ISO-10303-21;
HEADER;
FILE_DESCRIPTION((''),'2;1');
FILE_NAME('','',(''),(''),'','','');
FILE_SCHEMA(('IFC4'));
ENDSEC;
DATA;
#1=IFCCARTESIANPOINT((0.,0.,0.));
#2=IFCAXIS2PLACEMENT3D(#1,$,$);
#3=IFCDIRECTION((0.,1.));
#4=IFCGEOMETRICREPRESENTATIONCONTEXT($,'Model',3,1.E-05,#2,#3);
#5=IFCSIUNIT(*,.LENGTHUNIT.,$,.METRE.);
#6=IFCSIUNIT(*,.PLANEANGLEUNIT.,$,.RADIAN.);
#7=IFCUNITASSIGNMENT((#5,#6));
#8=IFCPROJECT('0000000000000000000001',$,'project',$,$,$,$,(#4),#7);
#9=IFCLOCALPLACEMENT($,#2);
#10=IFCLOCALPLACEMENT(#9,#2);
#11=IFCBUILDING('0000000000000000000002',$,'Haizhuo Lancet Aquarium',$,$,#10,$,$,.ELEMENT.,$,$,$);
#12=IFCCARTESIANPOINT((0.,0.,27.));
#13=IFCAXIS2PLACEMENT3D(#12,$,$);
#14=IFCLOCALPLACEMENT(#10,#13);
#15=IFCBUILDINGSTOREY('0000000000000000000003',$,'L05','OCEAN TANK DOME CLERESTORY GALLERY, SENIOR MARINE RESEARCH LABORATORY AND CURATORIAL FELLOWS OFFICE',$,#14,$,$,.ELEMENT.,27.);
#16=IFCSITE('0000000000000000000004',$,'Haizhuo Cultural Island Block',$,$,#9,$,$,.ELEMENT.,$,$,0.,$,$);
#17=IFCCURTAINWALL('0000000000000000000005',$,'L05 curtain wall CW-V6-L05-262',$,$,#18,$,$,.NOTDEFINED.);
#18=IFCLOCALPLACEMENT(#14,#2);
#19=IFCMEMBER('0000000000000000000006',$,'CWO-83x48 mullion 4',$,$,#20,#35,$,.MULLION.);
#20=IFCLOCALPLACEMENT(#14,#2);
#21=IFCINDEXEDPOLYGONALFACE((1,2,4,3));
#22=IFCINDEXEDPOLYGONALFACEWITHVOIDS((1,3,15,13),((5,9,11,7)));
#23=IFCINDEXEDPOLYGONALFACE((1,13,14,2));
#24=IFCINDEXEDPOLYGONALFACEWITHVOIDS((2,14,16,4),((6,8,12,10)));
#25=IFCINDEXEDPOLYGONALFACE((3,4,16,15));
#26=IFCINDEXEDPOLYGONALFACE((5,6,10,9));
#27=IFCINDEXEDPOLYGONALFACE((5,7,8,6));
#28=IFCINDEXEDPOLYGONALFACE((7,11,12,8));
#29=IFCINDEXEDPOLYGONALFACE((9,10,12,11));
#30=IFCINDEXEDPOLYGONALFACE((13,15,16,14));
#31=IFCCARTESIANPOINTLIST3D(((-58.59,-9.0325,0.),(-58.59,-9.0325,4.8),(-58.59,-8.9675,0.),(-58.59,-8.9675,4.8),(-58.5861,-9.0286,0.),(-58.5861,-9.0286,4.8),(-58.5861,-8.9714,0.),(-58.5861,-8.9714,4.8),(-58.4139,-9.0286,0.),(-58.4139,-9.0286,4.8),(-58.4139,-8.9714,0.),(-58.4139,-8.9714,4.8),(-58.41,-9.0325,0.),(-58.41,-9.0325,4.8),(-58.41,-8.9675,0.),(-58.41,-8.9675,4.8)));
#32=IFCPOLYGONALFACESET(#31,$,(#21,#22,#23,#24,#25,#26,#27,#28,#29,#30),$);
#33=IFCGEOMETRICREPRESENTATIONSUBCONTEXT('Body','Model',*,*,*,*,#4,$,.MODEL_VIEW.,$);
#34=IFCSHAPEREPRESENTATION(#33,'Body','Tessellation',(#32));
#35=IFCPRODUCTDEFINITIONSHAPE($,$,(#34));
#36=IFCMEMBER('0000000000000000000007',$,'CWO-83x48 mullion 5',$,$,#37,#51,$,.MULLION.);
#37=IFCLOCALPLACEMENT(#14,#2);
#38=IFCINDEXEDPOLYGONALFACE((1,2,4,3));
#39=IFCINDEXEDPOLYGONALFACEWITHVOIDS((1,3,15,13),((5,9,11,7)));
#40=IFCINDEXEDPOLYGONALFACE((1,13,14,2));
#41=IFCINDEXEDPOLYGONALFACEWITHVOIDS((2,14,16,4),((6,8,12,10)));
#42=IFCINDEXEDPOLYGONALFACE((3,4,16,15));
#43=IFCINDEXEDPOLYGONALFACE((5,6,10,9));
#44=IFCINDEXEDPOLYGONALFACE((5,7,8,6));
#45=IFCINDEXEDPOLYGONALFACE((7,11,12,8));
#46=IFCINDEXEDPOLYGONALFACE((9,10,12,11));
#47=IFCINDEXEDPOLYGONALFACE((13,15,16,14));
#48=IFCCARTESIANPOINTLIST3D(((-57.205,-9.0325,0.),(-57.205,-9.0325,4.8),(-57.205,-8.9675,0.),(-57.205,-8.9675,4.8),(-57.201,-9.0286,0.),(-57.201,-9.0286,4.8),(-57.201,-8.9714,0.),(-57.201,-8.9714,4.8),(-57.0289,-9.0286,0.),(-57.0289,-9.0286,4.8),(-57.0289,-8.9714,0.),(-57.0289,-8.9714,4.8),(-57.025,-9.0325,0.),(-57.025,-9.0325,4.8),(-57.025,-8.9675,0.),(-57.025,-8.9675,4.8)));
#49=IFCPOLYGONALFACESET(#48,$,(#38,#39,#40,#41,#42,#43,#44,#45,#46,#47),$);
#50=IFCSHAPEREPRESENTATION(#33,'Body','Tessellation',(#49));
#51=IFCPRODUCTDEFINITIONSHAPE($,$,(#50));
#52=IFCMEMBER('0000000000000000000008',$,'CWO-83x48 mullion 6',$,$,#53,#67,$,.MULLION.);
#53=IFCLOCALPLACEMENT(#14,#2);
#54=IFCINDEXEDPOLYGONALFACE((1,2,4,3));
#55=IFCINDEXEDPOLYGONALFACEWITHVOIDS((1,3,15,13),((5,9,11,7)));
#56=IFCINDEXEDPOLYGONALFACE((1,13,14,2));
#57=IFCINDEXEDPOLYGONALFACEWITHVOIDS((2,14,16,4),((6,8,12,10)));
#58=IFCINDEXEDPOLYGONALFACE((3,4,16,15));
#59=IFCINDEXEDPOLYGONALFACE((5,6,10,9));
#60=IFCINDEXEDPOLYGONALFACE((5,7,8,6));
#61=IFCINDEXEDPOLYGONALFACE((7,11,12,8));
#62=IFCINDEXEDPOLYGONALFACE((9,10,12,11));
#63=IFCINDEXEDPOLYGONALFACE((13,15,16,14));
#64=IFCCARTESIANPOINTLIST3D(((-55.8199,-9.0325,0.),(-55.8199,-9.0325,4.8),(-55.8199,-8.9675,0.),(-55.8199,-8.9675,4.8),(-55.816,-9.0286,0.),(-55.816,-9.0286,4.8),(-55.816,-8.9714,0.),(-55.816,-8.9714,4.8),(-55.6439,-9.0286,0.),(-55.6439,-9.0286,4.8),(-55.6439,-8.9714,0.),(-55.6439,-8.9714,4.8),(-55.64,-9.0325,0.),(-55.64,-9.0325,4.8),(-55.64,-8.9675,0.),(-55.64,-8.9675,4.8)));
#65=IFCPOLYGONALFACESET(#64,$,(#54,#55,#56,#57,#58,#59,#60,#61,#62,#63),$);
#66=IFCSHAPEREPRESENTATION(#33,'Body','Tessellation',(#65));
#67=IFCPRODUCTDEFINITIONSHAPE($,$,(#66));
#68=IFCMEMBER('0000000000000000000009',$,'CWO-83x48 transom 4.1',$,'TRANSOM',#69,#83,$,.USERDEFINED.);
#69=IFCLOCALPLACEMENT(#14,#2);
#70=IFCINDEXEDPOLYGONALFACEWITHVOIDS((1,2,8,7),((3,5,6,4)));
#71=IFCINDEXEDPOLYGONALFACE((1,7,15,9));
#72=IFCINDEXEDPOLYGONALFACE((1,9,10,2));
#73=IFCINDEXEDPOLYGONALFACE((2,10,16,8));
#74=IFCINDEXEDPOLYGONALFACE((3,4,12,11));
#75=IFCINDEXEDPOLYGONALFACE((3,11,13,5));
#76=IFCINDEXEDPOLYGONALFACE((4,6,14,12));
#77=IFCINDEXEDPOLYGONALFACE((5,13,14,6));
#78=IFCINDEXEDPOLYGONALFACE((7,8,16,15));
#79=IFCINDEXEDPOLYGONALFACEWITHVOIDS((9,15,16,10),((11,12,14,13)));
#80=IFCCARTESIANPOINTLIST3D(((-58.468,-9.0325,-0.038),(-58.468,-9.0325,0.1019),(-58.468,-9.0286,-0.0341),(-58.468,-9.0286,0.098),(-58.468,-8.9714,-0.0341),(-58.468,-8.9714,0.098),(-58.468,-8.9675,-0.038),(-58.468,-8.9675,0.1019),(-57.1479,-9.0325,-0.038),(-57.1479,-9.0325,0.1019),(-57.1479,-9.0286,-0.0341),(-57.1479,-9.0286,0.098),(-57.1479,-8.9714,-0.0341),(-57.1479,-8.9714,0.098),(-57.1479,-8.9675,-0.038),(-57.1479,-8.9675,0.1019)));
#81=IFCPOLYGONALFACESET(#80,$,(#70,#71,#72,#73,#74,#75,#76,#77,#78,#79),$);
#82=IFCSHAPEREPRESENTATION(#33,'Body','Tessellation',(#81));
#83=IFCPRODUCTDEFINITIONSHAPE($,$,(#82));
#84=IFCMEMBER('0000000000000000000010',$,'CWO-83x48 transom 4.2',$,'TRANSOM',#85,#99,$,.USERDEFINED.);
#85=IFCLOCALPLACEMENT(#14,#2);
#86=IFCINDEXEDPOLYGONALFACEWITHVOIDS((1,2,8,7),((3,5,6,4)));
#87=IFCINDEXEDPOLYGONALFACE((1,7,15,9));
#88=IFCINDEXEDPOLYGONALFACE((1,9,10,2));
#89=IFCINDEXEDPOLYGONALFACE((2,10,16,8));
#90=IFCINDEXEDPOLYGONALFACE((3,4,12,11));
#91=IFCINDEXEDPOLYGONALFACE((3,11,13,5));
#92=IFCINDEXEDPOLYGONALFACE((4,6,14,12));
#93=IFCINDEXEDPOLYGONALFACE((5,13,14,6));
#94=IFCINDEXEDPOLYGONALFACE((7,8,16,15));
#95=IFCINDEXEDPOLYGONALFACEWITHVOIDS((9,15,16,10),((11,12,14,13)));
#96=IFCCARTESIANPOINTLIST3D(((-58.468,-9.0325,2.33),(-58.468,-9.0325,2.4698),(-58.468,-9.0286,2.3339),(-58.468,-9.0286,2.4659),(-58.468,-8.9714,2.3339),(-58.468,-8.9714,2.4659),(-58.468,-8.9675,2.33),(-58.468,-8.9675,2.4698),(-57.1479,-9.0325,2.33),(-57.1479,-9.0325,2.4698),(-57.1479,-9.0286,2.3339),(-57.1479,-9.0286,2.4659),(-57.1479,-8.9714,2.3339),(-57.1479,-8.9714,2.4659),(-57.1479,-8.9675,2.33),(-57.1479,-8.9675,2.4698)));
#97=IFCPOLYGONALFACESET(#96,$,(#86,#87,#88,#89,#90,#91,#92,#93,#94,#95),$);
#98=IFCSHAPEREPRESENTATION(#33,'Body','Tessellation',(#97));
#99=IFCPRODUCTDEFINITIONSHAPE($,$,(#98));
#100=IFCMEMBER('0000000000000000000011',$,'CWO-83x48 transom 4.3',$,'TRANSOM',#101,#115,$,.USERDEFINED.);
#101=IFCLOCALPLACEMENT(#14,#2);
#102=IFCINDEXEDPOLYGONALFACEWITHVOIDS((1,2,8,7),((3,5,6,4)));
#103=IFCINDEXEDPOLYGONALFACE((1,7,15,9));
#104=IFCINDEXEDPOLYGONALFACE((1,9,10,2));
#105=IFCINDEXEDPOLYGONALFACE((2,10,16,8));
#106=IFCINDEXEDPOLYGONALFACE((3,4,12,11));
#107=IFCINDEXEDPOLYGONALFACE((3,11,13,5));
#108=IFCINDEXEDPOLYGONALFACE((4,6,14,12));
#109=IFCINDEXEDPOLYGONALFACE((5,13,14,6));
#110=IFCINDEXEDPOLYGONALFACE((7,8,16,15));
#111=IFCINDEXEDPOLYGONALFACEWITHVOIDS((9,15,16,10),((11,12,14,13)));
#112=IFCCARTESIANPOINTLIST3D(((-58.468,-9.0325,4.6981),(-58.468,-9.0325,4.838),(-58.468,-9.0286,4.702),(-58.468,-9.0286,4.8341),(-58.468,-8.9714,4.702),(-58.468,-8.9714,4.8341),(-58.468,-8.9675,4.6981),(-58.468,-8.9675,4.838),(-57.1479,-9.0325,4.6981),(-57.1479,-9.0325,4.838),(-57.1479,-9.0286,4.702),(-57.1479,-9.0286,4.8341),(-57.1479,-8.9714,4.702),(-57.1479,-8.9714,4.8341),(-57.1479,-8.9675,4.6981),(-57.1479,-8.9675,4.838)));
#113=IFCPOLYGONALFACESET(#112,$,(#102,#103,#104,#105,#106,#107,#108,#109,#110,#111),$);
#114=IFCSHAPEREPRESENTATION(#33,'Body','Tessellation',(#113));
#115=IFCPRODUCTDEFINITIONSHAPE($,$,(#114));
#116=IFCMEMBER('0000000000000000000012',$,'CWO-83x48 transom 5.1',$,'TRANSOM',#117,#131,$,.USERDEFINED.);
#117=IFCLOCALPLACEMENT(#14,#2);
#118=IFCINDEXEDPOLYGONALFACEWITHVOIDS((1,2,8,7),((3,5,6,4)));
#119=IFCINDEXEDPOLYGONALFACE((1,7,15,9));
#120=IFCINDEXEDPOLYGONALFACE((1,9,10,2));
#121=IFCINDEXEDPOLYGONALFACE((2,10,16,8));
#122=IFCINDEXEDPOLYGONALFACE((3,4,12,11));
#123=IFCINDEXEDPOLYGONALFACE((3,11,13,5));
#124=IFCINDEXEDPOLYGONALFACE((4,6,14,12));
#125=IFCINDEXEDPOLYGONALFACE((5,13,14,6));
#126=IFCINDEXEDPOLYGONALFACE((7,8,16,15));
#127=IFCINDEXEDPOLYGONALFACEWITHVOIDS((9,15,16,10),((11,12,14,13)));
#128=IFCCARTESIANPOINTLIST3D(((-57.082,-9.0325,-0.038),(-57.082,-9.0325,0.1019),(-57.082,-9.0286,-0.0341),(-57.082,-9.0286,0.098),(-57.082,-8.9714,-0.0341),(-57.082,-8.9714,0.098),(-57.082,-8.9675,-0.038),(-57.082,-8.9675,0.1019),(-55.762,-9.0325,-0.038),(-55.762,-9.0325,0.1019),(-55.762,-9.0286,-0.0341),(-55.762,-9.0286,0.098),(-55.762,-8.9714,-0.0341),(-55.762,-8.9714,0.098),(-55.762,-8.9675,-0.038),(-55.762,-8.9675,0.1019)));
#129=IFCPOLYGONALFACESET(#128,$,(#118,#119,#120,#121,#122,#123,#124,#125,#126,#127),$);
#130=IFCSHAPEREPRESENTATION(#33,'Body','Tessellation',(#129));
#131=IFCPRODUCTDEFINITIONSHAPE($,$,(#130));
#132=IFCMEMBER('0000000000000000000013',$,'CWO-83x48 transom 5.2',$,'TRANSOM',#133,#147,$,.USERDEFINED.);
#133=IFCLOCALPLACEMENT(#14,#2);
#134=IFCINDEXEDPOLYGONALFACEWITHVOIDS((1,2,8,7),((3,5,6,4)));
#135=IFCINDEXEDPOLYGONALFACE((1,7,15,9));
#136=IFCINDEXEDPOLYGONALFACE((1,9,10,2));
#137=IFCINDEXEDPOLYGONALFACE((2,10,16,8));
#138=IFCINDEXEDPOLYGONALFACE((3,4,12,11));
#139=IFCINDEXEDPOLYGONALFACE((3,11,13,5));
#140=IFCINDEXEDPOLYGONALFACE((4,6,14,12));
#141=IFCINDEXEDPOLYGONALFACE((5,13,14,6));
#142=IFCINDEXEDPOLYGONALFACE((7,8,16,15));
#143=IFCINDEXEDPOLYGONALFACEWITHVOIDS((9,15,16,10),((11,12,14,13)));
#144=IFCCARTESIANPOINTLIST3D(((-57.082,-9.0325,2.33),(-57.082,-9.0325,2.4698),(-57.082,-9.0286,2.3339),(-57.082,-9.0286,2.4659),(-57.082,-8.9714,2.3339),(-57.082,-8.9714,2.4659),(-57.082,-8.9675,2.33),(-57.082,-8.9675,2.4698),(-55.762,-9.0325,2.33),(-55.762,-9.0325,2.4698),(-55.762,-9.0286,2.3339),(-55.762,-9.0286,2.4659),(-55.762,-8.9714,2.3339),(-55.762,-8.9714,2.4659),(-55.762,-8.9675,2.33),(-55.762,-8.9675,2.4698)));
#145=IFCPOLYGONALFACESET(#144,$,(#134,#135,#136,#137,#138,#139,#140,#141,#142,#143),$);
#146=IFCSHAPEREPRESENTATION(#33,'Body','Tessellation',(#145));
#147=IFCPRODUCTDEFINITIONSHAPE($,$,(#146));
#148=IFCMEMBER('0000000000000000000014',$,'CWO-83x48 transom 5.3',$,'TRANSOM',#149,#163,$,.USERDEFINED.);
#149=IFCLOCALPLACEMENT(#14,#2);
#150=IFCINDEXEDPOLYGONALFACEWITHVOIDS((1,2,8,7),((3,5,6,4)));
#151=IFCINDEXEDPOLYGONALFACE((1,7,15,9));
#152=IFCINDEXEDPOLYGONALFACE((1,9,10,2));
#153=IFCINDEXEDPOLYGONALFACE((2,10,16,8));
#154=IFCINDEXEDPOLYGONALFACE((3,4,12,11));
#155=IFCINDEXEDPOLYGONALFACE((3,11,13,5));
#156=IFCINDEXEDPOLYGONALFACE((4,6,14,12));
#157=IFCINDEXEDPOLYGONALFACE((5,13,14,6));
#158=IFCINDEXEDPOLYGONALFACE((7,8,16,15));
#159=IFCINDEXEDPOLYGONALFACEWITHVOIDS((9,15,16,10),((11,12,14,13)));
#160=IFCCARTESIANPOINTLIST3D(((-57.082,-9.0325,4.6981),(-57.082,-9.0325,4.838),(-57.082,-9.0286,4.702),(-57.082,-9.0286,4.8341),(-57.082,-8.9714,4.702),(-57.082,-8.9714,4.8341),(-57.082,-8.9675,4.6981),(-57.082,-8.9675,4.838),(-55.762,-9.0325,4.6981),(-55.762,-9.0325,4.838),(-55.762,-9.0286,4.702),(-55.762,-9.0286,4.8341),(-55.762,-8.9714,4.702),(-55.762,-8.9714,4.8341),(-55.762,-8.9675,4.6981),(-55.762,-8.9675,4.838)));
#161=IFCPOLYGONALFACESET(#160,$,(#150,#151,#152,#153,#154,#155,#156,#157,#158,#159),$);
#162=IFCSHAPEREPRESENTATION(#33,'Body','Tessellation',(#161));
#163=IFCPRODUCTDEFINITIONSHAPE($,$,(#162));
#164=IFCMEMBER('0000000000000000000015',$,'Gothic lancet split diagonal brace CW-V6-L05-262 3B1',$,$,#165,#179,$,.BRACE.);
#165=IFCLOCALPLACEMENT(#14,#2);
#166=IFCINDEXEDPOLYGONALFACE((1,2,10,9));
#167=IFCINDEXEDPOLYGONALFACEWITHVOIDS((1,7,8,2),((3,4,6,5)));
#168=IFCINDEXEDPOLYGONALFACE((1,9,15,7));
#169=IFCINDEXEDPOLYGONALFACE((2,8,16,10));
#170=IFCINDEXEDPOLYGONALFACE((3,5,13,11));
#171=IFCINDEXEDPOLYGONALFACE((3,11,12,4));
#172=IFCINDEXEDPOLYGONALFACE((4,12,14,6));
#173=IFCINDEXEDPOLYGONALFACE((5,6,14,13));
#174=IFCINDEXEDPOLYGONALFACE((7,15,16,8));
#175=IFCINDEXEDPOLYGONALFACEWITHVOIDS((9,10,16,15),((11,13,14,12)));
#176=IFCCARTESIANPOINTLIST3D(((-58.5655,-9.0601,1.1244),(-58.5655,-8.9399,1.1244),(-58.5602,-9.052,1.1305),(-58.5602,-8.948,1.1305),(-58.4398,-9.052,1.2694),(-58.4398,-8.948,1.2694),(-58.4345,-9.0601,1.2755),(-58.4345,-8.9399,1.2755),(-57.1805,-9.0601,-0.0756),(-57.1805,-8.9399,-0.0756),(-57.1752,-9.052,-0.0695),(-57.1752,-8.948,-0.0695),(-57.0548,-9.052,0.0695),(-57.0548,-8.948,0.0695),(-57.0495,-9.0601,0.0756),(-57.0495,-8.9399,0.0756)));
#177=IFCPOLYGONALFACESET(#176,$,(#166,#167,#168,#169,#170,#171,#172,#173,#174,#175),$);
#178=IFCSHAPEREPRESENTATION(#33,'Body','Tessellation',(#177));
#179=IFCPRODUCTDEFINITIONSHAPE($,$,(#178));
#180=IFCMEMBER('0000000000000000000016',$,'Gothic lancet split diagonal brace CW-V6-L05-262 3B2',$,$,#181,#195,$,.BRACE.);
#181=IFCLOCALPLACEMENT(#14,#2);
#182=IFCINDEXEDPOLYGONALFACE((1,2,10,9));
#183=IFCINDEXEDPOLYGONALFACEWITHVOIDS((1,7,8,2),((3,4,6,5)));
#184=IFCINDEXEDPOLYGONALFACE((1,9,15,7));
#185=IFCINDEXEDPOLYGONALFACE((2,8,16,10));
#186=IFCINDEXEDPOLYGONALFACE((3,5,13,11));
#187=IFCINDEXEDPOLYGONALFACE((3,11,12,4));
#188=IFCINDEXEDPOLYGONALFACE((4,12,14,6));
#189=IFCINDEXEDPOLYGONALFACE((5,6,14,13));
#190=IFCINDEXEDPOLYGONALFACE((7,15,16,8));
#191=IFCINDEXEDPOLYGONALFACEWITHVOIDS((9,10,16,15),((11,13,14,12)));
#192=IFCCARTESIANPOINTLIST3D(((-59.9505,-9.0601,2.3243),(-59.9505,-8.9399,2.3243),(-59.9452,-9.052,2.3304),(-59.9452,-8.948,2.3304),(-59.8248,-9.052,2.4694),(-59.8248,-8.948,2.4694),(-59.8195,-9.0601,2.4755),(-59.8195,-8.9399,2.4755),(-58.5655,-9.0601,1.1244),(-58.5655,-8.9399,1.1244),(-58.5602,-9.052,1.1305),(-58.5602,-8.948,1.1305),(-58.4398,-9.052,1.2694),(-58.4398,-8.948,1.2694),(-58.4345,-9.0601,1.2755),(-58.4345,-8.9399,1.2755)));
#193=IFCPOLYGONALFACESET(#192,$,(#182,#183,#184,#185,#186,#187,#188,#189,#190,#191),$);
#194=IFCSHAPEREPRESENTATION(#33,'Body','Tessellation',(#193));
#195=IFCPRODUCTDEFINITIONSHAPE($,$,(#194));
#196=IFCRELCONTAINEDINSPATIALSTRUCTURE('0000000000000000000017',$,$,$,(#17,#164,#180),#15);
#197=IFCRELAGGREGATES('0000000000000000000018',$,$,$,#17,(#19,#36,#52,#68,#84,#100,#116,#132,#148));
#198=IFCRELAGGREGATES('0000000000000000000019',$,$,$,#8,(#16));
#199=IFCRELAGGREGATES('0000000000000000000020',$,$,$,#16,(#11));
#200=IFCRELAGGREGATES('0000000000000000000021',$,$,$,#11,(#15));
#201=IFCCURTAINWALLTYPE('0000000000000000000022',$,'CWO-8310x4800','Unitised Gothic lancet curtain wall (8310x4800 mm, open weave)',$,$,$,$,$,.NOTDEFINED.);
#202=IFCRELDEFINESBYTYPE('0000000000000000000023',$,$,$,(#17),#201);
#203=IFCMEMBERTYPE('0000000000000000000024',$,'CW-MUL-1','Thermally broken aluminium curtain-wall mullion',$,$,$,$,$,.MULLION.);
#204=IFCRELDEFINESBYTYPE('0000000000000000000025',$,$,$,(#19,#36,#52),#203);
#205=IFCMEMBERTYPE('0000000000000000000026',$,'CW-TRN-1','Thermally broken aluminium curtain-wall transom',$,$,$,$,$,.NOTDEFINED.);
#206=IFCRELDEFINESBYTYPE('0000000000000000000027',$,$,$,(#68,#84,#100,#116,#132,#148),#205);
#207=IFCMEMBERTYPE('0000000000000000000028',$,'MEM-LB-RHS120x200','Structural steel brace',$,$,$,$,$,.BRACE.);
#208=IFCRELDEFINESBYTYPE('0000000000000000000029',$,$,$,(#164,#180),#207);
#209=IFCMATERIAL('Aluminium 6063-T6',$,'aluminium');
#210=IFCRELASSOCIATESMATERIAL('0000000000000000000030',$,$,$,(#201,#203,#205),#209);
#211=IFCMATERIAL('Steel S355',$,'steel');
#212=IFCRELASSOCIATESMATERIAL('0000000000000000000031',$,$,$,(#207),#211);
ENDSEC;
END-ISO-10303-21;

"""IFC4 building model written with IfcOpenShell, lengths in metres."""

from ifc_helpers import new_model, si_unit, direction, frame, origin, origin_2d, place, context, subcontext, project, spatial, hollow_rectangle, extrude, material, material_profile, profile_set, type_object, element, aggregate, save


model = new_model("IFC4")

# Units and contexts
model_context = context("Model", 3, precision=1e-05, world=origin(), true_north=direction((0.0, 1.0)))
body_context = subcontext(model_context, "Body", "Model", "MODEL_VIEW")
ifc_project = project(units=[si_unit("LENGTHUNIT", "METRE"), si_unit("PLANEANGLEUNIT", "RADIAN")], contexts=[model_context])

# Site, building, storey
site_placement = place(None, origin())
site = spatial("IfcSite", under=ifc_project, at=site_placement, Name="Haizhuo Cultural Island Block", CompositionType="ELEMENT", RefElevation=0.0)
building_placement = place(site_placement, origin())
building = spatial("IfcBuilding", under=site, at=building_placement, Name="Haizhuo Lancet Aquarium", CompositionType="ELEMENT")
storey_placement = place(building_placement, frame((0.0, 0.0, 27.0)))
storey = spatial("IfcBuildingStorey", under=building, at=storey_placement, Name="L05", Description="OCEAN TANK DOME CLERESTORY GALLERY, SENIOR MARINE RESEARCH LABORATORY AND CURATORIAL FELLOWS OFFICE", CompositionType="ELEMENT", Elevation=27.0)

# Curtain wall, members
ifc_material_1 = material(Name="Aluminium 6063-T6", Category="aluminium")
curtain_wall_type = type_object("IfcCurtainWallType", Name="CWO-8310x4800", Description="Unitised Gothic lancet curtain wall (8310x4800 mm, open weave)", PredefinedType="NOTDEFINED", material=ifc_material_1)
curtain_wall_placement = place(storey_placement, origin())
curtain_wall = element("IfcCurtainWall", 1, at=curtain_wall_placement, inside=storey, type_object=curtain_wall_type, Name="L05 curtain wall CW-V6-L05-262", PredefinedType="NOTDEFINED")
ifc_material_profile_1 = material_profile(ifc_material_1, hollow_rectangle(XDim=0.0649, YDim=0.1799, WallThickness=0.0039, at=origin_2d()), Name="ALU-M 65x180x4")
ifc_profile_set_1 = profile_set([ifc_material_profile_1], Name="Aluminium 6063-T6")
member_type_1 = type_object("IfcMemberType", Name="CW-MUL-1", Description="Thermally broken aluminium curtain-wall mullion", PredefinedType="MULLION", material=ifc_profile_set_1)
member_1_placement = place(storey_placement, frame((-58.5, -9.0, 0.0), z_axis=(0.0, 0.0, 1.0), x_axis=(0.0, 1.0, 0.0)))
member_1 = element("IfcMember", 2, at=member_1_placement, type_object=member_type_1, Name="CWO-83x48 mullion 4", PredefinedType="MULLION", context=body_context, shape_type="SweptSolid", body=[
    extrude(hollow_rectangle(XDim=0.0649, YDim=0.1799, WallThickness=0.0039, at=origin_2d()), origin(), (0.0, 0.0, 1.0), 4.8),
])
member_2_placement = place(storey_placement, frame((-57.115, -9.0, 0.0), z_axis=(0.0, 0.0, 1.0), x_axis=(0.0, 1.0, 0.0)))
member_2 = element("IfcMember", 3, at=member_2_placement, type_object=member_type_1, Name="CWO-83x48 mullion 5", PredefinedType="MULLION", context=body_context, shape_type="SweptSolid", body=[
    extrude(hollow_rectangle(XDim=0.0649, YDim=0.1799, WallThickness=0.0039, at=origin_2d()), origin(), (0.0, 0.0, 1.0), 4.8),
])
member_3_placement = place(storey_placement, frame((-55.73, -9.0, 0.0), z_axis=(0.0, 0.0, 1.0), x_axis=(0.0, 1.0, 0.0)))
member_3 = element("IfcMember", 4, at=member_3_placement, type_object=member_type_1, Name="CWO-83x48 mullion 6", PredefinedType="MULLION", context=body_context, shape_type="SweptSolid", body=[
    extrude(hollow_rectangle(XDim=0.0649, YDim=0.1799, WallThickness=0.0039, at=origin_2d()), origin(), (0.0, 0.0, 1.0), 4.8),
])
ifc_material_profile_2 = material_profile(ifc_material_1, hollow_rectangle(XDim=0.0649, YDim=0.1399, WallThickness=0.0039, at=origin_2d()), Name="ALU-T 65x140x4")
ifc_profile_set_2 = profile_set([ifc_material_profile_2], Name="Aluminium 6063-T6")
member_type_2 = type_object("IfcMemberType", Name="CW-TRN-1", Description="Thermally broken aluminium curtain-wall transom", PredefinedType="NOTDEFINED", material=ifc_profile_set_2)
member_4_placement = place(storey_placement, frame((-58.468, -9.0, 0.032), z_axis=(1.0, 0.0, 0.0), x_axis=(0.0, 1.0, 0.0)))
member_4 = element("IfcMember", 5, at=member_4_placement, type_object=member_type_2, Name="CWO-83x48 transom 4.1", ObjectType="TRANSOM", PredefinedType="USERDEFINED", context=body_context, shape_type="SweptSolid", body=[
    extrude(hollow_rectangle(XDim=0.0649, YDim=0.1399, WallThickness=0.0039, at=origin_2d()), origin(), (0.0, 0.0, 1.0), 1.3201),
])
member_5_placement = place(storey_placement, frame((-58.468, -9.0, 2.3999), z_axis=(1.0, 0.0, 0.0), x_axis=(0.0, 1.0, 0.0)))
member_5 = element("IfcMember", 6, at=member_5_placement, type_object=member_type_2, Name="CWO-83x48 transom 4.2", ObjectType="TRANSOM", PredefinedType="USERDEFINED", context=body_context, shape_type="SweptSolid", body=[
    extrude(hollow_rectangle(XDim=0.0649, YDim=0.1399, WallThickness=0.0039, at=origin_2d()), origin(), (0.0, 0.0, 1.0), 1.3201),
])
member_6_placement = place(storey_placement, frame((-58.468, -9.0, 4.7681), z_axis=(1.0, 0.0, 0.0), x_axis=(0.0, 1.0, 0.0)))
member_6 = element("IfcMember", 7, at=member_6_placement, type_object=member_type_2, Name="CWO-83x48 transom 4.3", ObjectType="TRANSOM", PredefinedType="USERDEFINED", context=body_context, shape_type="SweptSolid", body=[
    extrude(hollow_rectangle(XDim=0.0649, YDim=0.1399, WallThickness=0.0039, at=origin_2d()), origin(), (0.0, 0.0, 1.0), 1.3201),
])
member_7_placement = place(storey_placement, frame((-57.082, -9.0, 0.032), z_axis=(1.0, 0.0, 0.0), x_axis=(0.0, 1.0, 0.0)))
member_7 = element("IfcMember", 8, at=member_7_placement, type_object=member_type_2, Name="CWO-83x48 transom 5.1", ObjectType="TRANSOM", PredefinedType="USERDEFINED", context=body_context, shape_type="SweptSolid", body=[
    extrude(hollow_rectangle(XDim=0.0649, YDim=0.1399, WallThickness=0.0039, at=origin_2d()), origin(), (0.0, 0.0, 1.0), 1.3201),
])
member_8_placement = place(storey_placement, frame((-57.082, -9.0, 2.3999), z_axis=(1.0, 0.0, 0.0), x_axis=(0.0, 1.0, 0.0)))
member_8 = element("IfcMember", 9, at=member_8_placement, type_object=member_type_2, Name="CWO-83x48 transom 5.2", ObjectType="TRANSOM", PredefinedType="USERDEFINED", context=body_context, shape_type="SweptSolid", body=[
    extrude(hollow_rectangle(XDim=0.0649, YDim=0.1399, WallThickness=0.0039, at=origin_2d()), origin(), (0.0, 0.0, 1.0), 1.3201),
])
member_9_placement = place(storey_placement, frame((-57.082, -9.0, 4.7681), z_axis=(1.0, 0.0, 0.0), x_axis=(0.0, 1.0, 0.0)))
member_9 = element("IfcMember", 10, at=member_9_placement, type_object=member_type_2, Name="CWO-83x48 transom 5.3", ObjectType="TRANSOM", PredefinedType="USERDEFINED", context=body_context, shape_type="SweptSolid", body=[
    extrude(hollow_rectangle(XDim=0.0649, YDim=0.1399, WallThickness=0.0039, at=origin_2d()), origin(), (0.0, 0.0, 1.0), 1.3201),
])

# Members
ifc_material_2 = material(Name="Steel S355", Category="steel")
ifc_material_profile_3 = material_profile(ifc_material_2, hollow_rectangle(XDim=0.1201, YDim=0.2, WallThickness=0.0081, at=origin_2d()), Name="RHS 120x200x8")
ifc_profile_set_3 = profile_set([ifc_material_profile_3], Name="Steel S355")
member_type_3 = type_object("IfcMemberType", Name="MEM-LB-RHS120x200", Description="Structural steel brace", PredefinedType="BRACE", material=ifc_profile_set_3)
for number, where, z_axis, x_axis, name in (
    (11, (-57.115, -9.0, 0.0), (-0.755795, 0.0, 0.654809), (0.0, -1.0, 0.0), "Gothic lancet split diagonal brace CW-V6-L05-262 3B1"),
    (12, (-58.5, -9.0, 1.2), (-0.755795, 0.0, 0.654809), (0.0, -1.0, 0.0), "Gothic lancet split diagonal brace CW-V6-L05-262 3B2"),
):
    element("IfcMember", number, at=place(storey_placement, frame(where, z_axis=z_axis, x_axis=x_axis)), inside=storey, type_object=member_type_3, Name=name, PredefinedType="BRACE", context=body_context, shape_type="SweptSolid", body=[
        extrude(hollow_rectangle(XDim=0.1201, YDim=0.2, WallThickness=0.0081, at=origin_2d()), origin(), (0.0, 0.0, 1.0), 1.8325),
    ])

aggregate(curtain_wall, [member_1, member_2, member_3, member_4, member_5, member_6, member_7, member_8, member_9])

save(model, "model.ifc")
